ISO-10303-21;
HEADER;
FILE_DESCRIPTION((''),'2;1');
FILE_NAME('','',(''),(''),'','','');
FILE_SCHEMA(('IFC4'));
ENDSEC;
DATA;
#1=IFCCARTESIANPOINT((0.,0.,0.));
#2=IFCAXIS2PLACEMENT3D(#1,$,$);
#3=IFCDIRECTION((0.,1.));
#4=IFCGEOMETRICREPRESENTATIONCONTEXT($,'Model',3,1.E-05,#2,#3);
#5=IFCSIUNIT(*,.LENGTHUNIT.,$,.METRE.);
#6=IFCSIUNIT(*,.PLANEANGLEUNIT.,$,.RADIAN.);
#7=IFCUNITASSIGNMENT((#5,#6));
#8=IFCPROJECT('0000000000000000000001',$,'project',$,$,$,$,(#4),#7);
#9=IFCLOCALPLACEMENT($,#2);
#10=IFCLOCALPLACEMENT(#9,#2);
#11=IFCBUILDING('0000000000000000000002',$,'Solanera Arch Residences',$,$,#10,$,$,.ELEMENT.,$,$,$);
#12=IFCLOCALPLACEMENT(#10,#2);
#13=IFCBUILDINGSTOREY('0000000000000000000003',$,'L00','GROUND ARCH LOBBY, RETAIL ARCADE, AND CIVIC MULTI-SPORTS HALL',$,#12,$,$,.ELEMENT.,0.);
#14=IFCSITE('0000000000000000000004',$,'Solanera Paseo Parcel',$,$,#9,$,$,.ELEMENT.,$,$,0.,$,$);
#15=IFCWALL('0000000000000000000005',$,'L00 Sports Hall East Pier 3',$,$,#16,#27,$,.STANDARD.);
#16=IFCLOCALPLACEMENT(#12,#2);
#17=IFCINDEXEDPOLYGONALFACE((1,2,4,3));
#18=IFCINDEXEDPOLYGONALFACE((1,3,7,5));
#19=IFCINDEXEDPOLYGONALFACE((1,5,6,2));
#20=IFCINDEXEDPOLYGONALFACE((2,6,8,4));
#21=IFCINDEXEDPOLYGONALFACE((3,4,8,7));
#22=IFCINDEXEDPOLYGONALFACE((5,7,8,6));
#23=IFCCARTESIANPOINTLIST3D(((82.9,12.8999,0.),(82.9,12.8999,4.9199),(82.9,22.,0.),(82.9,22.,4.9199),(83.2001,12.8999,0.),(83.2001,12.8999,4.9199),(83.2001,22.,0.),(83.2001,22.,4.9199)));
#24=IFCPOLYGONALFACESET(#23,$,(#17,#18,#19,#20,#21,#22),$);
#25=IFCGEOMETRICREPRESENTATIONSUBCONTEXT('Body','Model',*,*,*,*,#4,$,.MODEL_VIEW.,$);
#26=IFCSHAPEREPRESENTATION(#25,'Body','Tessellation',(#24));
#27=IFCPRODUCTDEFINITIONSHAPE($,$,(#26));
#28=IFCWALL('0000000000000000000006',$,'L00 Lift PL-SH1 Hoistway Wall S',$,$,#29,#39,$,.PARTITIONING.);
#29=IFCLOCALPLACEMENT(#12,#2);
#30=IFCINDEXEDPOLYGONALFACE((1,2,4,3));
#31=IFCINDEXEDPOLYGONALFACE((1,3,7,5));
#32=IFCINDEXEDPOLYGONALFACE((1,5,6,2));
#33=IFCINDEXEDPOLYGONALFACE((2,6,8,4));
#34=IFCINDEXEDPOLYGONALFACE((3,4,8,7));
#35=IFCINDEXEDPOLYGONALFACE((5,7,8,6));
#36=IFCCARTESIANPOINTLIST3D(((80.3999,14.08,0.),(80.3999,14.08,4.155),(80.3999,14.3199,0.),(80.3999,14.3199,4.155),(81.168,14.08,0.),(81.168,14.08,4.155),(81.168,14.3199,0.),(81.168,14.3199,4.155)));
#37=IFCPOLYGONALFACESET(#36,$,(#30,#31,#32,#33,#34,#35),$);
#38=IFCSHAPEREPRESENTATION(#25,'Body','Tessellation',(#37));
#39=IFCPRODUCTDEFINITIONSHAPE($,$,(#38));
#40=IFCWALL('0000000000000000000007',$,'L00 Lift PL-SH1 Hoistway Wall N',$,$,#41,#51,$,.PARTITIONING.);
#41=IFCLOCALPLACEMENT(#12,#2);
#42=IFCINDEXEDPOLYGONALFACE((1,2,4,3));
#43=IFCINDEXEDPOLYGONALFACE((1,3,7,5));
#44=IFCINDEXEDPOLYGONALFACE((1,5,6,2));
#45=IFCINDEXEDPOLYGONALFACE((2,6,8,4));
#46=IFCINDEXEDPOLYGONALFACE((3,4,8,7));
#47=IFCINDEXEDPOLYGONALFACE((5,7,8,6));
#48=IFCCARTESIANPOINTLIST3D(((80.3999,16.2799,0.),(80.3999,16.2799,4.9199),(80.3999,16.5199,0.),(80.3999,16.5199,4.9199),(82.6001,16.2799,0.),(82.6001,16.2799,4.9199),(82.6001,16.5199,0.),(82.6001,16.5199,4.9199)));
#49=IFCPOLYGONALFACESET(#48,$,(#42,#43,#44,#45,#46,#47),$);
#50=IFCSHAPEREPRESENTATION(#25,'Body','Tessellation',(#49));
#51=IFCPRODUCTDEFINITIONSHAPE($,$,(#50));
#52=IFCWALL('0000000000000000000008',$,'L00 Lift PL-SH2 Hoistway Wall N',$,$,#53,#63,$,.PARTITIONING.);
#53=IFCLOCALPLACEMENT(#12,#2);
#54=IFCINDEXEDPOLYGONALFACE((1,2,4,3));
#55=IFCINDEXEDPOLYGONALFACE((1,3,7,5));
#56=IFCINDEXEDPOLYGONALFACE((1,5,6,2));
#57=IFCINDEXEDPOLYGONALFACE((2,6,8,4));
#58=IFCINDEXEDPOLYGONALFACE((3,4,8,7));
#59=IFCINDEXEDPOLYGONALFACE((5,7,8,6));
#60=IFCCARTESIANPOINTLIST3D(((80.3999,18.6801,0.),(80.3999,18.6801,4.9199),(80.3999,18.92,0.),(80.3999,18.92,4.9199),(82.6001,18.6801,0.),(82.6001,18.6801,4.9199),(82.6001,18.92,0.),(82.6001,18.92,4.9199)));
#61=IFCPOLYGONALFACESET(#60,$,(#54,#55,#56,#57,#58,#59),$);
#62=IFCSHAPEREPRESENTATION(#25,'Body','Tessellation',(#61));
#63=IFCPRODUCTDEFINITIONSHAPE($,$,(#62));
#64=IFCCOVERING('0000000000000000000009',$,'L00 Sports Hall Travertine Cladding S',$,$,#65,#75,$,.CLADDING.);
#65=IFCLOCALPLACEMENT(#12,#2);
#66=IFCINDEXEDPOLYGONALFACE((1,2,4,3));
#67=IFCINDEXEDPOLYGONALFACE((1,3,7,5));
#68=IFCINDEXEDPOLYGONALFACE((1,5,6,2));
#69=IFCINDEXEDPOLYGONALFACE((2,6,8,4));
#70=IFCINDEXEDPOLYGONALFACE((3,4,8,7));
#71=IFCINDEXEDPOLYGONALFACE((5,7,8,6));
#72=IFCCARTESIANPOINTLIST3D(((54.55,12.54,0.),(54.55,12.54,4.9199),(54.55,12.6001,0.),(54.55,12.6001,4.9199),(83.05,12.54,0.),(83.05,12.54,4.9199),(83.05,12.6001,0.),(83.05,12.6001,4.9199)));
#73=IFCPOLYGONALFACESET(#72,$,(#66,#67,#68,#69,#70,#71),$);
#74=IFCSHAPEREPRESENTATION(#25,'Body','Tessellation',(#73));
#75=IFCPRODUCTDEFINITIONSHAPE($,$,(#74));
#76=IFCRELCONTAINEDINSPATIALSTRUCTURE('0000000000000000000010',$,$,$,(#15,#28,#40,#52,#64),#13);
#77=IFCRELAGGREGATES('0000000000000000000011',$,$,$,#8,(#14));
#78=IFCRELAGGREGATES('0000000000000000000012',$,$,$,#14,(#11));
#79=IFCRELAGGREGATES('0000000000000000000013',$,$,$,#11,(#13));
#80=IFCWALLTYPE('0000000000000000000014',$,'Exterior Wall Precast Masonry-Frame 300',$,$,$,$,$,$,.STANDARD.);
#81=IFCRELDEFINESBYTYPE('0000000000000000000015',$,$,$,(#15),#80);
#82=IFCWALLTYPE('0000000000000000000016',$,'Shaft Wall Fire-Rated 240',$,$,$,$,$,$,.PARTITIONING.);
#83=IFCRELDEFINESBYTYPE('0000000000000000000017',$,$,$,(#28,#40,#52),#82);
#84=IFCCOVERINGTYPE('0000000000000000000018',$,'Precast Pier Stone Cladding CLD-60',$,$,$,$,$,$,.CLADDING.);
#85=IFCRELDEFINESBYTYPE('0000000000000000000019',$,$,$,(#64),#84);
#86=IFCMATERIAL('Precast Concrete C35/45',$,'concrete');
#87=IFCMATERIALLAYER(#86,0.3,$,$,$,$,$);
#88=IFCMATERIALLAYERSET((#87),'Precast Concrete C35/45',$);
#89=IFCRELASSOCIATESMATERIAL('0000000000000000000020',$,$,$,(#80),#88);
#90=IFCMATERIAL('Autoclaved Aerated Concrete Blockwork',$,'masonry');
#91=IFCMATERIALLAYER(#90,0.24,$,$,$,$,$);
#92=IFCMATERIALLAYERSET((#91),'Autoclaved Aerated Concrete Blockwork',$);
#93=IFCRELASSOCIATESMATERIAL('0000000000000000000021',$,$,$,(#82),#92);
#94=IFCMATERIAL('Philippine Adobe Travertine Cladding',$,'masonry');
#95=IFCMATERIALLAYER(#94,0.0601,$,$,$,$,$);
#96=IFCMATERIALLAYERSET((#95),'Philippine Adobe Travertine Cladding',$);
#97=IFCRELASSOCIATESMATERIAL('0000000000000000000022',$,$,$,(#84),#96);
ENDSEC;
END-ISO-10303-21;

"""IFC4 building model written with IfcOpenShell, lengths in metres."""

from ifc_helpers import new_model, si_unit, direction, frame, frame_2d, origin, place, context, subcontext, project, spatial, rectangle, extrude, material, layer, layer_set, type_object, element, save


model = new_model("IFC4")

# Units and contexts
model_context = context("Model", 3, precision=1e-05, world=origin(), true_north=direction((0.0, 1.0)))
body_context = subcontext(model_context, "Body", "Model", "MODEL_VIEW")
ifc_project = project(units=[si_unit("LENGTHUNIT", "METRE"), si_unit("PLANEANGLEUNIT", "RADIAN")], contexts=[model_context])

# Site, building, storey
site_placement = place(None, origin())
site = spatial("IfcSite", under=ifc_project, at=site_placement, Name="Solanera Paseo Parcel", CompositionType="ELEMENT", RefElevation=0.0)
building_placement = place(site_placement, origin())
building = spatial("IfcBuilding", under=site, at=building_placement, Name="Solanera Arch Residences", CompositionType="ELEMENT")
storey_placement = place(building_placement, origin())
storey = spatial("IfcBuildingStorey", under=building, at=storey_placement, Name="L00", Description="GROUND ARCH LOBBY, RETAIL ARCADE, AND CIVIC MULTI-SPORTS HALL", CompositionType="ELEMENT", Elevation=0.0)

# Walls
ifc_material_1 = material(Name="Precast Concrete C35/45", Category="concrete")
ifc_layer_1 = layer(ifc_material_1, 0.3)
ifc_layer_set_1 = layer_set([ifc_layer_1], Name="Precast Concrete C35/45")
wall_type_1 = type_object("IfcWallType", Name="Exterior Wall Precast Masonry-Frame 300", PredefinedType="STANDARD", material=ifc_layer_set_1)
wall_1_placement = place(storey_placement, frame((83.05, 22.0, 0.0), z_axis=(0.0, 0.0, 1.0), x_axis=(0.0, -1.0, 0.0)))
element("IfcWall", 1, at=wall_1_placement, inside=storey, type_object=wall_type_1, Name="L00 Sports Hall East Pier 3", PredefinedType="STANDARD", context=body_context, shape_type="SweptSolid", body=[
    extrude(rectangle(XDim=9.1001, YDim=0.3, at=frame_2d((4.55, 0.0))), origin(), (0.0, 0.0, 1.0), 4.9199),
])
ifc_material_2 = material(Name="Autoclaved Aerated Concrete Blockwork", Category="masonry")
ifc_layer_2 = layer(ifc_material_2, 0.24)
ifc_layer_set_2 = layer_set([ifc_layer_2], Name="Autoclaved Aerated Concrete Blockwork")
wall_type_2 = type_object("IfcWallType", Name="Shaft Wall Fire-Rated 240", PredefinedType="PARTITIONING", material=ifc_layer_set_2)
wall_2_placement = place(storey_placement, frame((80.3999, 14.2, 0.0), z_axis=(0.0, 0.0, 1.0), x_axis=(1.0, 0.0, 0.0)))
element("IfcWall", 2, at=wall_2_placement, inside=storey, type_object=wall_type_2, Name="L00 Lift PL-SH1 Hoistway Wall S", PredefinedType="PARTITIONING", context=body_context, shape_type="SweptSolid", body=[
    extrude(rectangle(XDim=0.7681, YDim=0.24, at=frame_2d((0.384, 0.0))), origin(), (0.0, 0.0, 1.0), 4.155),
])
wall_3_placement = place(storey_placement, frame((80.3999, 16.3999, 0.0), z_axis=(0.0, 0.0, 1.0), x_axis=(1.0, 0.0, 0.0)))
element("IfcWall", 3, at=wall_3_placement, inside=storey, type_object=wall_type_2, Name="L00 Lift PL-SH1 Hoistway Wall N", PredefinedType="PARTITIONING", context=body_context, shape_type="SweptSolid", body=[
    extrude(rectangle(XDim=2.2002, YDim=0.24, at=frame_2d((1.1001, 0.0))), origin(), (0.0, 0.0, 1.0), 4.9199),
])

# Wall
wall_4_placement = place(storey_placement, frame((80.3999, 18.8, 0.0), z_axis=(0.0, 0.0, 1.0), x_axis=(1.0, 0.0, 0.0)))
element("IfcWall", 4, at=wall_4_placement, inside=storey, type_object=wall_type_2, Name="L00 Lift PL-SH2 Hoistway Wall N", PredefinedType="PARTITIONING", context=body_context, shape_type="SweptSolid", body=[
    extrude(rectangle(XDim=2.2002, YDim=0.24, at=frame_2d((1.1001, 0.0))), origin(), (0.0, 0.0, 1.0), 4.9199),
])

# Covering
ifc_material_3 = material(Name="Philippine Adobe Travertine Cladding", Category="masonry")
ifc_layer_3 = layer(ifc_material_3, 0.0601)
ifc_layer_set_3 = layer_set([ifc_layer_3], Name="Philippine Adobe Travertine Cladding")
covering_type = type_object("IfcCoveringType", Name="Precast Pier Stone Cladding CLD-60", PredefinedType="CLADDING", material=ifc_layer_set_3)
covering_placement = place(storey_placement, frame((83.05, 12.5701, 0.0), z_axis=(0.0, 0.0, 1.0), x_axis=(-1.0, 0.0, 0.0)))
element("IfcCovering", 5, at=covering_placement, inside=storey, type_object=covering_type, Name="L00 Sports Hall Travertine Cladding S", PredefinedType="CLADDING", context=body_context, shape_type="SweptSolid", body=[
    extrude(rectangle(XDim=28.5, YDim=0.0601, at=frame_2d((14.25, 0.0))), origin(), (0.0, 0.0, 1.0), 4.9199),
])

save(model, "model.ifc")
